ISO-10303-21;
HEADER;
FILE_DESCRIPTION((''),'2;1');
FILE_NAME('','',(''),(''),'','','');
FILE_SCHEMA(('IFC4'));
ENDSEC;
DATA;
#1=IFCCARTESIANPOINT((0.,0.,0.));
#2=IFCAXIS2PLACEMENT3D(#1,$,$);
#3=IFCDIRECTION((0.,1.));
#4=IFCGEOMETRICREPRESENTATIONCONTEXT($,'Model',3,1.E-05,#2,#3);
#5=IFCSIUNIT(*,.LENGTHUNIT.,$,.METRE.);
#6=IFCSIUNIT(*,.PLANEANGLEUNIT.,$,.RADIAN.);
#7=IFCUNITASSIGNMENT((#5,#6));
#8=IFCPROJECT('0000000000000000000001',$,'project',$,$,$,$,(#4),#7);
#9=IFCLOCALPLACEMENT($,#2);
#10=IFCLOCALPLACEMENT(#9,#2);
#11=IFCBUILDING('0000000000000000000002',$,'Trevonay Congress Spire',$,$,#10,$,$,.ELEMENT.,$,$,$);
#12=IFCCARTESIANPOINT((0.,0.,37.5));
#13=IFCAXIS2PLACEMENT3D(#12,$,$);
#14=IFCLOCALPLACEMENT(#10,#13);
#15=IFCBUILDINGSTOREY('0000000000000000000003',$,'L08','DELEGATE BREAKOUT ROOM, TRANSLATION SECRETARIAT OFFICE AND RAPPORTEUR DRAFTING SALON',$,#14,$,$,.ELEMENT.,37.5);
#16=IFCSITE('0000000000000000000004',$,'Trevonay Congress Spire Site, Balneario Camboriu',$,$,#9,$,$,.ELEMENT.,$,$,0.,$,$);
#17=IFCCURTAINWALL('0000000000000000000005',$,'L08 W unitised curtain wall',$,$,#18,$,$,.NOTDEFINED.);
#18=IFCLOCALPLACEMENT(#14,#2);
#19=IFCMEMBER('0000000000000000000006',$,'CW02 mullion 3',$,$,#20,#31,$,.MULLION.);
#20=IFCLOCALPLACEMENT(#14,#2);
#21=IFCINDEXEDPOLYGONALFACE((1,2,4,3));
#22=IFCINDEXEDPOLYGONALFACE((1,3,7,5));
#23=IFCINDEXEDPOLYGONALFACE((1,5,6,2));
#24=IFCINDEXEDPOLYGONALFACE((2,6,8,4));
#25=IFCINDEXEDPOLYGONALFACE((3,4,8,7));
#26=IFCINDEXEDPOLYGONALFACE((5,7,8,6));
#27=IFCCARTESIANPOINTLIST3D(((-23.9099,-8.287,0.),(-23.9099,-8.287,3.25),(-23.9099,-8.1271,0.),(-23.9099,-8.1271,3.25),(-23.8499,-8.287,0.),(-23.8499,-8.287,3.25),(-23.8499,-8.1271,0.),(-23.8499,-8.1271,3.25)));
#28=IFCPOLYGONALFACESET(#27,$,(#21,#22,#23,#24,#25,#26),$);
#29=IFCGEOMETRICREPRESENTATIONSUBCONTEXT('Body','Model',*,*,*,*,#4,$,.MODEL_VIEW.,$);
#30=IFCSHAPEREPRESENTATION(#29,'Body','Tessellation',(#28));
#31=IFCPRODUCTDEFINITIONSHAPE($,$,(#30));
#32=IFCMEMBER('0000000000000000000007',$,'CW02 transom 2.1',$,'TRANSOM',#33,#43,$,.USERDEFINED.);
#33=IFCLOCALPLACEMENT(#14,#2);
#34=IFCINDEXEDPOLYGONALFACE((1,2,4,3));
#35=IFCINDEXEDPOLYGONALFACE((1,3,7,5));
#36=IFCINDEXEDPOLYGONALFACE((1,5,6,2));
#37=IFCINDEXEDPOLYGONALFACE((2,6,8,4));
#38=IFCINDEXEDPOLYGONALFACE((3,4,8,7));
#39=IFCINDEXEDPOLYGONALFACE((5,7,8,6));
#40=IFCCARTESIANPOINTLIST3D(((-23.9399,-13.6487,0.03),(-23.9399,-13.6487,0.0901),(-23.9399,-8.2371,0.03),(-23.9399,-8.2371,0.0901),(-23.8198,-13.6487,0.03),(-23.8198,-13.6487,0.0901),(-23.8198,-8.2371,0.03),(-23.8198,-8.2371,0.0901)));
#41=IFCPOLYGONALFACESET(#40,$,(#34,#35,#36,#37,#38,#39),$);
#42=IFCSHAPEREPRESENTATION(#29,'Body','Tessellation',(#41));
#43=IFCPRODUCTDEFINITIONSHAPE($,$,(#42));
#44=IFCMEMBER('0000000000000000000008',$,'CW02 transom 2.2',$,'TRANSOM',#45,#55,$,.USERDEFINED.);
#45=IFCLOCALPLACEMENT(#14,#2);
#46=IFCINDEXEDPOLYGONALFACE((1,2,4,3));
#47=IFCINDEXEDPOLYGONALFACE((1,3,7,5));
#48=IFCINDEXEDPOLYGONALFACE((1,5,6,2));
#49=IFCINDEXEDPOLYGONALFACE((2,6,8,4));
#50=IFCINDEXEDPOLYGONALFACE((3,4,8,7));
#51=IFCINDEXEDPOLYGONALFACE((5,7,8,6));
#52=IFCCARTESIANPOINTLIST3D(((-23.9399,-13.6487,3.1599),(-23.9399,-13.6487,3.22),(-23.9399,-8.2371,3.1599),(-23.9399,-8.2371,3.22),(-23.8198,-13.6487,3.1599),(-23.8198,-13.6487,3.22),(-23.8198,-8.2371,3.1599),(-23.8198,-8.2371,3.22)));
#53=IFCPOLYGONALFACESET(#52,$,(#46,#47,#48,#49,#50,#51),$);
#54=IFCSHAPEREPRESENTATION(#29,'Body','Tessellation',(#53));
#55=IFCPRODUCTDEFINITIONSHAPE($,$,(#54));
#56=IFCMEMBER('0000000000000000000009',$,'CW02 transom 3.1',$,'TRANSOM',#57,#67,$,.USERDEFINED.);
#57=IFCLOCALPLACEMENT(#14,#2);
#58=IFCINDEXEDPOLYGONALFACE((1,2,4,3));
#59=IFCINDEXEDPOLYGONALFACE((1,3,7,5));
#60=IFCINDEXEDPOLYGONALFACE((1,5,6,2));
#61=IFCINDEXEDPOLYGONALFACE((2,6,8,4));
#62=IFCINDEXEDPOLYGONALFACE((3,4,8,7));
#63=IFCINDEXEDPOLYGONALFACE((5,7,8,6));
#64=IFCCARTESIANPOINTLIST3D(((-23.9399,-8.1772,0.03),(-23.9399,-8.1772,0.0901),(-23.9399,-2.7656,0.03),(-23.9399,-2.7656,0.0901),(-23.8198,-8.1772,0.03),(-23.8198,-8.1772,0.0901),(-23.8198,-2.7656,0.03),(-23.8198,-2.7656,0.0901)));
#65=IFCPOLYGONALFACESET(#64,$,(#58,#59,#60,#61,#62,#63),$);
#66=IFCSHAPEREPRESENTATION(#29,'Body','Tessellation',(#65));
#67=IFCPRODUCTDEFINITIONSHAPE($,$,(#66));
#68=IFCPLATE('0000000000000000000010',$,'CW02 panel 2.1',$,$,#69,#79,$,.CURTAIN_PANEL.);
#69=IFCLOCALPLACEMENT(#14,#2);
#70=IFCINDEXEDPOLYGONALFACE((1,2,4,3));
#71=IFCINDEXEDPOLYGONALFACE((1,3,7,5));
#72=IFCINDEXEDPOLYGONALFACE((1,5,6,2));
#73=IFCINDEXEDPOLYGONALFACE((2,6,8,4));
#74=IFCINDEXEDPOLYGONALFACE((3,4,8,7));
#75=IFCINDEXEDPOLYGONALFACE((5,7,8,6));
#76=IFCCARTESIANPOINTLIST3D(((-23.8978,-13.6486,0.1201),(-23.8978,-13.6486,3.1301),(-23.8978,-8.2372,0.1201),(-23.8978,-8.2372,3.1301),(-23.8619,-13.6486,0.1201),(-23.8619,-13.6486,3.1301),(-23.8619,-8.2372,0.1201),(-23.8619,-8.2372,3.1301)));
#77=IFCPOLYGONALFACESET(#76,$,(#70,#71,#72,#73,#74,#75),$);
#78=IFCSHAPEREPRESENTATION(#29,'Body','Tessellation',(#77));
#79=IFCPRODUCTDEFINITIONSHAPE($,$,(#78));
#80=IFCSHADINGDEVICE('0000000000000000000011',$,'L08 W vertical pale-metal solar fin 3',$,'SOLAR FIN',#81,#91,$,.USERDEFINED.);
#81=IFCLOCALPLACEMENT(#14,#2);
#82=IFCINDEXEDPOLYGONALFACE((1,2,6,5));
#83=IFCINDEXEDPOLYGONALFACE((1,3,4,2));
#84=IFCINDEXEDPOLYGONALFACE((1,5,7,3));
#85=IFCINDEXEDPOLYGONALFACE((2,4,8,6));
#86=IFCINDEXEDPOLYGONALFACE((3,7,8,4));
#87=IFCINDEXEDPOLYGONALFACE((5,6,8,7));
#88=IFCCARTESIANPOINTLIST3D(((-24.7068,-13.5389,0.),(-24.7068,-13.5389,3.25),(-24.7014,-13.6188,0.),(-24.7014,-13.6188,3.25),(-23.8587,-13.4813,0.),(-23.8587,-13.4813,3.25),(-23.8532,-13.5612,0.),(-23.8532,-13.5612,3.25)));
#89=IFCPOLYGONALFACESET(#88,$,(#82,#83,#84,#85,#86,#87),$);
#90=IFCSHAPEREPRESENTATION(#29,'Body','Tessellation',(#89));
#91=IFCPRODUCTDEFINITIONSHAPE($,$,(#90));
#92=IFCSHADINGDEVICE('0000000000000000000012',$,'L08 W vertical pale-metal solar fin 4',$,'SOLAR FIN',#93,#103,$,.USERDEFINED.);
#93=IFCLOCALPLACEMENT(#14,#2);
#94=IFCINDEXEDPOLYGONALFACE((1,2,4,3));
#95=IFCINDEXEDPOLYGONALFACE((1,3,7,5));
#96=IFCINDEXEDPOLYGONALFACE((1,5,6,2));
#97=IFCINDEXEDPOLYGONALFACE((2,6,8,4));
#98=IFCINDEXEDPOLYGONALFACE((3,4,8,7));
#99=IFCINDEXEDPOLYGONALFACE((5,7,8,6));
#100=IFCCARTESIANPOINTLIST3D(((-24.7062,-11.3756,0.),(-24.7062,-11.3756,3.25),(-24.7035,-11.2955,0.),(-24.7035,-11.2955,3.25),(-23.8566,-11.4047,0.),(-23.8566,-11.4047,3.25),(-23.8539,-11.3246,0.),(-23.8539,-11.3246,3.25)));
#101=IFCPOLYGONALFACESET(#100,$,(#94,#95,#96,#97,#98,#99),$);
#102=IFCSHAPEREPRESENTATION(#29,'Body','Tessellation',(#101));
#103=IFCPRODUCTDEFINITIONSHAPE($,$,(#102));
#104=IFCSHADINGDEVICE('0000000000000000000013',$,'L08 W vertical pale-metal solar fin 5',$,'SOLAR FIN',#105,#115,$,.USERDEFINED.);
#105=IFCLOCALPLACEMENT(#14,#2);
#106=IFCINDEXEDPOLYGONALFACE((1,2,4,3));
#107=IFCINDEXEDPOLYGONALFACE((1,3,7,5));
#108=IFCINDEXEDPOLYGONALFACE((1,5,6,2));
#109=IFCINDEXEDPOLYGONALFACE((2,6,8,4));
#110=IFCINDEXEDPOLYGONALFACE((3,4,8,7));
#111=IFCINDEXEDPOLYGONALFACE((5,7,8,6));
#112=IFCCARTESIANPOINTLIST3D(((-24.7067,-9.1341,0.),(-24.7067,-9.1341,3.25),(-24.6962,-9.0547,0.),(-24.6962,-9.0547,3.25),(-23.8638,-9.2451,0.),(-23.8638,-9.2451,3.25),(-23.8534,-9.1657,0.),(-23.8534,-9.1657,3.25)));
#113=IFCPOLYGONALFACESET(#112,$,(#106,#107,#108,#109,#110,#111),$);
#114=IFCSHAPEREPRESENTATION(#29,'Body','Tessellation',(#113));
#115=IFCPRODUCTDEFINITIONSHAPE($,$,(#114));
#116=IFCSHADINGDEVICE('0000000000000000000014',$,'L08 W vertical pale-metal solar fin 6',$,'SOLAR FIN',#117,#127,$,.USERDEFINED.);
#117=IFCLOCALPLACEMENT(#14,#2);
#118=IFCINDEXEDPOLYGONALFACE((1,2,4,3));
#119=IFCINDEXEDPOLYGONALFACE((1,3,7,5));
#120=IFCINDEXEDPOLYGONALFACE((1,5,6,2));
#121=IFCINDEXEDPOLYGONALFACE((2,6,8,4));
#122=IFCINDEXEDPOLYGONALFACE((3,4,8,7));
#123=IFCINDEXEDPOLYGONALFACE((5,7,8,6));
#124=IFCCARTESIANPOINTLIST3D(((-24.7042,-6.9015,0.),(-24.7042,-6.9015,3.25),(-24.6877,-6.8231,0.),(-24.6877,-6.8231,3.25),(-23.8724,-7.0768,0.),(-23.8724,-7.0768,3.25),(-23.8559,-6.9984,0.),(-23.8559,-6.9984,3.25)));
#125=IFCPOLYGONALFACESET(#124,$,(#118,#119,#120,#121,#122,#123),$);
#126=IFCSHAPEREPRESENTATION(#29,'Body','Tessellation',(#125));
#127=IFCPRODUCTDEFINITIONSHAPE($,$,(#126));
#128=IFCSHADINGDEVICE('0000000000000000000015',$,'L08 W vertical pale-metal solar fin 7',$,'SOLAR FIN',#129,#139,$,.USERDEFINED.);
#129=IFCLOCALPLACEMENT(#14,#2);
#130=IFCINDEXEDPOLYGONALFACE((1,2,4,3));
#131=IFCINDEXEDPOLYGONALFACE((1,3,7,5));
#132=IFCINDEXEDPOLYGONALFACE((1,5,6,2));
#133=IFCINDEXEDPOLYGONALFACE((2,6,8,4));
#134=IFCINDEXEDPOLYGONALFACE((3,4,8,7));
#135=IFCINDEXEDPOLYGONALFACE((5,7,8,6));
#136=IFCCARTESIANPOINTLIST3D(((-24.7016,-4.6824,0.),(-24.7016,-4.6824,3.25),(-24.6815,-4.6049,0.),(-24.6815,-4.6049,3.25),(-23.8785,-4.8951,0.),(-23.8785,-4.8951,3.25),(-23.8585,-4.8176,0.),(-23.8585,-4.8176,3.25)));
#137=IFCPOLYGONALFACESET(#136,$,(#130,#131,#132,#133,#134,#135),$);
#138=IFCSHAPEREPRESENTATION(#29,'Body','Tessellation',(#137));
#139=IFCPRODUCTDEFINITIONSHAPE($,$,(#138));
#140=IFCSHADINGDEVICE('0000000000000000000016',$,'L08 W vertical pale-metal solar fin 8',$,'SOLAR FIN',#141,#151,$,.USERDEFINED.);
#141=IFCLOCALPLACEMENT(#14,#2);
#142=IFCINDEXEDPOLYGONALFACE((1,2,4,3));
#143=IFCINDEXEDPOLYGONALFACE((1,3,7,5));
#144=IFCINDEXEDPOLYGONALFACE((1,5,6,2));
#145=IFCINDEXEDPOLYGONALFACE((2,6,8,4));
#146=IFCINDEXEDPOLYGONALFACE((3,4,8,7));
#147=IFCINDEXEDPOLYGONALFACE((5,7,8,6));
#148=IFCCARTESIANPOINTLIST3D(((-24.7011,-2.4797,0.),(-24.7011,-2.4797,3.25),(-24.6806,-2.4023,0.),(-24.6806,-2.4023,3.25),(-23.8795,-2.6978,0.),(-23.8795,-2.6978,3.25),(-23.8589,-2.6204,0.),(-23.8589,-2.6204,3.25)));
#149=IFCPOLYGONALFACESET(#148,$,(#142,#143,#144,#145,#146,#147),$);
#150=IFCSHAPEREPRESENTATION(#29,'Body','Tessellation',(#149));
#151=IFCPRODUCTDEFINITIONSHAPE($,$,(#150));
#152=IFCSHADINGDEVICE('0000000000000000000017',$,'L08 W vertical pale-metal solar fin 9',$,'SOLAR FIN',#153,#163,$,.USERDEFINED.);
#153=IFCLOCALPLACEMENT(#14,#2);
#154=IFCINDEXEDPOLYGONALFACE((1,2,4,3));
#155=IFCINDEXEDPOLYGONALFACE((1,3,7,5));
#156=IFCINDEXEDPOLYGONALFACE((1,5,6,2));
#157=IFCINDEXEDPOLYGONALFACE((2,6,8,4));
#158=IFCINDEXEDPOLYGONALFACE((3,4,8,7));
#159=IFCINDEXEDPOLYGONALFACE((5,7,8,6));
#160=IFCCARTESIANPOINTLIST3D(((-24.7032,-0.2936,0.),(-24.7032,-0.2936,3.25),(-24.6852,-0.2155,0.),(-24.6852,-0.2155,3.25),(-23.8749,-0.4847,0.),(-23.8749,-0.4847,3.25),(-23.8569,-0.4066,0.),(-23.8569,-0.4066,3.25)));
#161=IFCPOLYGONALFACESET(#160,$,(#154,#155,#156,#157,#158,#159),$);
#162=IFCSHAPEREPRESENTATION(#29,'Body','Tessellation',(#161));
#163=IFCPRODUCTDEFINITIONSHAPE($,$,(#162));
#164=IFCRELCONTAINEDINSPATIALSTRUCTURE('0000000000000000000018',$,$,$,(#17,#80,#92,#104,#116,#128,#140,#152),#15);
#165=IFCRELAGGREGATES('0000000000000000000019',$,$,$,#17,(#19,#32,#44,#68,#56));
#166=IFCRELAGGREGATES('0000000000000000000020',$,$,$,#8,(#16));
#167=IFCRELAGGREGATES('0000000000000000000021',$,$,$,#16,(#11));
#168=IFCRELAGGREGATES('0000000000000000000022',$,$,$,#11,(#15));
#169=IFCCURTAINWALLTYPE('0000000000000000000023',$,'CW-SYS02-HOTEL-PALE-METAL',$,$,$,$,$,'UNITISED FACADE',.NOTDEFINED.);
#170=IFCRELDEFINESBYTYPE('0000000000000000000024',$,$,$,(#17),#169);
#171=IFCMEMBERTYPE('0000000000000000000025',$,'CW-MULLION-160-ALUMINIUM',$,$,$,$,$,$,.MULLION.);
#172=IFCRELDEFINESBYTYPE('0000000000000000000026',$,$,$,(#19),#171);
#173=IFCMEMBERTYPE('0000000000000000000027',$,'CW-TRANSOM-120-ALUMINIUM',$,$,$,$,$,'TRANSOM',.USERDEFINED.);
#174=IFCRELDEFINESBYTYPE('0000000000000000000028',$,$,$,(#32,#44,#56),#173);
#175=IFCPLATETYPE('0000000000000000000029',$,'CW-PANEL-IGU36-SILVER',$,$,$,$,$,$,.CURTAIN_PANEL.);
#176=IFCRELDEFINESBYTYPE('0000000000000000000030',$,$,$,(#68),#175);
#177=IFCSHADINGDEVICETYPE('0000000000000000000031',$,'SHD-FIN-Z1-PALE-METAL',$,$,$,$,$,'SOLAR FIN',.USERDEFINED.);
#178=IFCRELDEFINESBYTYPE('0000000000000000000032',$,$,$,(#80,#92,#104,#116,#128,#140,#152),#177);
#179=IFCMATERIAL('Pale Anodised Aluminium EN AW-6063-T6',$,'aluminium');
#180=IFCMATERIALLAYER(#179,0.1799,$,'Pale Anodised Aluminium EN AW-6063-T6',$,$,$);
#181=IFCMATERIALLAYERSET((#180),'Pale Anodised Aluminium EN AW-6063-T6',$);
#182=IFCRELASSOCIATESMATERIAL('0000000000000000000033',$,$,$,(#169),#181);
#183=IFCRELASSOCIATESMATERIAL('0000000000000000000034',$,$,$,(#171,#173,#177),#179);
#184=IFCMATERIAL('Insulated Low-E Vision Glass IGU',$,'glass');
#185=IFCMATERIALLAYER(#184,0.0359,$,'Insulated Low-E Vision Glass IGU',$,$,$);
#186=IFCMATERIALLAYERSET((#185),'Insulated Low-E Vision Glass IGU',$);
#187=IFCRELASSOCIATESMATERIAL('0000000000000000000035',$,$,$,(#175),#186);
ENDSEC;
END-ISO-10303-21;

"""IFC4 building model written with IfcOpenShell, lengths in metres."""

from ifc_helpers import new_model, si_unit, direction, frame, origin, origin_2d, place, context, subcontext, project, spatial, rectangle, extrude, material, layer, layer_set, material_profile, profile_set, type_object, element, aggregate, save


model = new_model("IFC4")

# Units and contexts
model_context = context("Model", 3, precision=1e-05, world=origin(), true_north=direction((0.0, 1.0)))
body_context = subcontext(model_context, "Body", "Model", "MODEL_VIEW")
ifc_project = project(units=[si_unit("LENGTHUNIT", "METRE"), si_unit("PLANEANGLEUNIT", "RADIAN")], contexts=[model_context])

# Site, building, storey
site_placement = place(None, origin())
site = spatial("IfcSite", under=ifc_project, at=site_placement, Name="Trevonay Congress Spire Site, Balneario Camboriu", CompositionType="ELEMENT", RefElevation=0.0)
building_placement = place(site_placement, origin())
building = spatial("IfcBuilding", under=site, at=building_placement, Name="Trevonay Congress Spire", CompositionType="ELEMENT")
storey_placement = place(building_placement, frame((0.0, 0.0, 37.5)))
storey = spatial("IfcBuildingStorey", under=building, at=storey_placement, Name="L08", Description="DELEGATE BREAKOUT ROOM, TRANSLATION SECRETARIAT OFFICE AND RAPPORTEUR DRAFTING SALON", CompositionType="ELEMENT", Elevation=37.5)

# Curtain wall, members, plate
ifc_material_1 = material(Name="Pale Anodised Aluminium EN AW-6063-T6", Category="aluminium")
ifc_layer_1 = layer(ifc_material_1, 0.1799, Name="Pale Anodised Aluminium EN AW-6063-T6")
ifc_layer_set_1 = layer_set([ifc_layer_1], Name="Pale Anodised Aluminium EN AW-6063-T6")
curtain_wall_type = type_object("IfcCurtainWallType", Name="CW-SYS02-HOTEL-PALE-METAL", ElementType="UNITISED FACADE", PredefinedType="NOTDEFINED", material=ifc_layer_set_1)
curtain_wall_placement = place(storey_placement, origin())
curtain_wall = element("IfcCurtainWall", 1, at=curtain_wall_placement, inside=storey, type_object=curtain_wall_type, Name="L08 W unitised curtain wall", PredefinedType="NOTDEFINED")
ifc_material_profile_1 = material_profile(ifc_material_1, rectangle(XDim=0.0601, YDim=0.1599, at=origin_2d()), Name="CW-MULLION-160-ALUMINIUM")
ifc_profile_set_1 = profile_set([ifc_material_profile_1], Name="Pale Anodised Aluminium EN AW-6063-T6")
member_type_1 = type_object("IfcMemberType", Name="CW-MULLION-160-ALUMINIUM", PredefinedType="MULLION", material=ifc_profile_set_1)
member_1_placement = place(storey_placement, frame((-23.8799, -8.207, 0.0), z_axis=(0.0, 0.0, 1.0), x_axis=(-1.0, 0.0, 0.0)))
member_1 = element("IfcMember", 2, at=member_1_placement, type_object=member_type_1, Name="CW02 mullion 3", PredefinedType="MULLION", context=body_context, shape_type="SweptSolid", body=[
    extrude(rectangle(XDim=0.0601, YDim=0.1599, at=origin_2d()), origin(), (0.0, 0.0, 1.0), 3.25),
])
ifc_material_profile_2 = material_profile(ifc_material_1, rectangle(XDim=0.1201, YDim=0.0601, at=origin_2d()), Name="CW-TRANSOM-120-ALUMINIUM")
ifc_profile_set_2 = profile_set([ifc_material_profile_2], Name="Pale Anodised Aluminium EN AW-6063-T6")
member_type_2 = type_object("IfcMemberType", Name="CW-TRANSOM-120-ALUMINIUM", ElementType="TRANSOM", PredefinedType="USERDEFINED", material=ifc_profile_set_2)
member_2_placement = place(storey_placement, frame((-23.8799, -13.6487, 0.0601), z_axis=(0.0, 1.0, 0.0), x_axis=(-1.0, 0.0, 0.0)))
member_2 = element("IfcMember", 3, at=member_2_placement, type_object=member_type_2, Name="CW02 transom 2.1", ObjectType="TRANSOM", PredefinedType="USERDEFINED", context=body_context, shape_type="SweptSolid", body=[
    extrude(rectangle(XDim=0.1201, YDim=0.0601, at=origin_2d()), origin(), (0.0, 0.0, 1.0), 5.4116),
])
member_3_placement = place(storey_placement, frame((-23.8799, -13.6487, 3.1899), z_axis=(0.0, 1.0, 0.0), x_axis=(-1.0, 0.0, 0.0)))
member_3 = element("IfcMember", 4, at=member_3_placement, type_object=member_type_2, Name="CW02 transom 2.2", ObjectType="TRANSOM", PredefinedType="USERDEFINED", context=body_context, shape_type="SweptSolid", body=[
    extrude(rectangle(XDim=0.1201, YDim=0.0601, at=origin_2d()), origin(), (0.0, 0.0, 1.0), 5.4116),
])
member_4_placement = place(storey_placement, frame((-23.8799, -8.1772, 0.0601), z_axis=(0.0, 1.0, 0.0), x_axis=(-1.0, 0.0, 0.0)))
member_4 = element("IfcMember", 5, at=member_4_placement, type_object=member_type_2, Name="CW02 transom 3.1", ObjectType="TRANSOM", PredefinedType="USERDEFINED", context=body_context, shape_type="SweptSolid", body=[
    extrude(rectangle(XDim=0.1201, YDim=0.0601, at=origin_2d()), origin(), (0.0, 0.0, 1.0), 5.4116),
])
ifc_material_2 = material(Name="Insulated Low-E Vision Glass IGU", Category="glass")
ifc_layer_2 = layer(ifc_material_2, 0.0359, Name="Insulated Low-E Vision Glass IGU")
ifc_layer_set_2 = layer_set([ifc_layer_2], Name="Insulated Low-E Vision Glass IGU")
plate_type = type_object("IfcPlateType", Name="CW-PANEL-IGU36-SILVER", PredefinedType="CURTAIN_PANEL", material=ifc_layer_set_2)
plate_placement = place(storey_placement, frame((-23.8799, -10.9429, 0.1201), z_axis=(0.0, 0.0, 1.0), x_axis=(0.0, 1.0, 0.0)))
plate = element("IfcPlate", 6, at=plate_placement, type_object=plate_type, Name="CW02 panel 2.1", PredefinedType="CURTAIN_PANEL", context=body_context, shape_type="SweptSolid", body=[
    extrude(rectangle(XDim=5.4114, YDim=0.0359, at=origin_2d()), origin(), (0.0, 0.0, 1.0), 3.01),
])
aggregate(curtain_wall, [member_1, member_2, member_3, plate, member_4])

# Shading devices
shading_device_type = type_object("IfcShadingDeviceType", Name="SHD-FIN-Z1-PALE-METAL", ElementType="SOLAR FIN", PredefinedType="USERDEFINED", material=ifc_material_1)
for number, where, z_axis, x_axis, name in (
    (7, (-24.28, -13.55, 0.0), (0.0, 0.0, 1.0), (-0.067667, 0.997708, 0.0), "L08 W vertical pale-metal solar fin 3"),
    (8, (-24.28, -11.3501, 0.0), (0.0, 0.0, 1.0), (0.034202, 0.999415, 0.0), "L08 W vertical pale-metal solar fin 4"),
    (9, (-24.28, -9.1499, 0.0), (0.0, 0.0, 1.0), (0.130526, 0.991445, 0.0), "L08 W vertical pale-metal solar fin 5"),
    (10, (-24.28, -6.95, 0.0), (0.0, 0.0, 1.0), (0.206204, 0.978509, 0.0), "L08 W vertical pale-metal solar fin 6"),
    (11, (-24.28, -4.75, 0.0), (0.0, 0.0, 1.0), (0.250211, 0.968191, 0.0), "L08 W vertical pale-metal solar fin 7"),
    (12, (-24.28, -2.55, 0.0), (0.0, 0.0, 1.0), (0.256627, 0.966511, 0.0), "L08 W vertical pale-metal solar fin 8"),
    (13, (-24.28, -0.3501, 0.0), (0.0, 0.0, 1.0), (0.224781, 0.974409, 0.0), "L08 W vertical pale-metal solar fin 9"),
):
    element("IfcShadingDevice", number, at=place(storey_placement, frame(where, z_axis=z_axis, x_axis=x_axis)), inside=storey, type_object=shading_device_type, Name=name, ObjectType="SOLAR FIN", PredefinedType="USERDEFINED", context=body_context, shape_type="SweptSolid", body=[
        extrude(rectangle(XDim=0.0801, YDim=0.8501, at=origin_2d()), origin(), (0.0, 0.0, 1.0), 3.25),
    ])

save(model, "model.ifc")
